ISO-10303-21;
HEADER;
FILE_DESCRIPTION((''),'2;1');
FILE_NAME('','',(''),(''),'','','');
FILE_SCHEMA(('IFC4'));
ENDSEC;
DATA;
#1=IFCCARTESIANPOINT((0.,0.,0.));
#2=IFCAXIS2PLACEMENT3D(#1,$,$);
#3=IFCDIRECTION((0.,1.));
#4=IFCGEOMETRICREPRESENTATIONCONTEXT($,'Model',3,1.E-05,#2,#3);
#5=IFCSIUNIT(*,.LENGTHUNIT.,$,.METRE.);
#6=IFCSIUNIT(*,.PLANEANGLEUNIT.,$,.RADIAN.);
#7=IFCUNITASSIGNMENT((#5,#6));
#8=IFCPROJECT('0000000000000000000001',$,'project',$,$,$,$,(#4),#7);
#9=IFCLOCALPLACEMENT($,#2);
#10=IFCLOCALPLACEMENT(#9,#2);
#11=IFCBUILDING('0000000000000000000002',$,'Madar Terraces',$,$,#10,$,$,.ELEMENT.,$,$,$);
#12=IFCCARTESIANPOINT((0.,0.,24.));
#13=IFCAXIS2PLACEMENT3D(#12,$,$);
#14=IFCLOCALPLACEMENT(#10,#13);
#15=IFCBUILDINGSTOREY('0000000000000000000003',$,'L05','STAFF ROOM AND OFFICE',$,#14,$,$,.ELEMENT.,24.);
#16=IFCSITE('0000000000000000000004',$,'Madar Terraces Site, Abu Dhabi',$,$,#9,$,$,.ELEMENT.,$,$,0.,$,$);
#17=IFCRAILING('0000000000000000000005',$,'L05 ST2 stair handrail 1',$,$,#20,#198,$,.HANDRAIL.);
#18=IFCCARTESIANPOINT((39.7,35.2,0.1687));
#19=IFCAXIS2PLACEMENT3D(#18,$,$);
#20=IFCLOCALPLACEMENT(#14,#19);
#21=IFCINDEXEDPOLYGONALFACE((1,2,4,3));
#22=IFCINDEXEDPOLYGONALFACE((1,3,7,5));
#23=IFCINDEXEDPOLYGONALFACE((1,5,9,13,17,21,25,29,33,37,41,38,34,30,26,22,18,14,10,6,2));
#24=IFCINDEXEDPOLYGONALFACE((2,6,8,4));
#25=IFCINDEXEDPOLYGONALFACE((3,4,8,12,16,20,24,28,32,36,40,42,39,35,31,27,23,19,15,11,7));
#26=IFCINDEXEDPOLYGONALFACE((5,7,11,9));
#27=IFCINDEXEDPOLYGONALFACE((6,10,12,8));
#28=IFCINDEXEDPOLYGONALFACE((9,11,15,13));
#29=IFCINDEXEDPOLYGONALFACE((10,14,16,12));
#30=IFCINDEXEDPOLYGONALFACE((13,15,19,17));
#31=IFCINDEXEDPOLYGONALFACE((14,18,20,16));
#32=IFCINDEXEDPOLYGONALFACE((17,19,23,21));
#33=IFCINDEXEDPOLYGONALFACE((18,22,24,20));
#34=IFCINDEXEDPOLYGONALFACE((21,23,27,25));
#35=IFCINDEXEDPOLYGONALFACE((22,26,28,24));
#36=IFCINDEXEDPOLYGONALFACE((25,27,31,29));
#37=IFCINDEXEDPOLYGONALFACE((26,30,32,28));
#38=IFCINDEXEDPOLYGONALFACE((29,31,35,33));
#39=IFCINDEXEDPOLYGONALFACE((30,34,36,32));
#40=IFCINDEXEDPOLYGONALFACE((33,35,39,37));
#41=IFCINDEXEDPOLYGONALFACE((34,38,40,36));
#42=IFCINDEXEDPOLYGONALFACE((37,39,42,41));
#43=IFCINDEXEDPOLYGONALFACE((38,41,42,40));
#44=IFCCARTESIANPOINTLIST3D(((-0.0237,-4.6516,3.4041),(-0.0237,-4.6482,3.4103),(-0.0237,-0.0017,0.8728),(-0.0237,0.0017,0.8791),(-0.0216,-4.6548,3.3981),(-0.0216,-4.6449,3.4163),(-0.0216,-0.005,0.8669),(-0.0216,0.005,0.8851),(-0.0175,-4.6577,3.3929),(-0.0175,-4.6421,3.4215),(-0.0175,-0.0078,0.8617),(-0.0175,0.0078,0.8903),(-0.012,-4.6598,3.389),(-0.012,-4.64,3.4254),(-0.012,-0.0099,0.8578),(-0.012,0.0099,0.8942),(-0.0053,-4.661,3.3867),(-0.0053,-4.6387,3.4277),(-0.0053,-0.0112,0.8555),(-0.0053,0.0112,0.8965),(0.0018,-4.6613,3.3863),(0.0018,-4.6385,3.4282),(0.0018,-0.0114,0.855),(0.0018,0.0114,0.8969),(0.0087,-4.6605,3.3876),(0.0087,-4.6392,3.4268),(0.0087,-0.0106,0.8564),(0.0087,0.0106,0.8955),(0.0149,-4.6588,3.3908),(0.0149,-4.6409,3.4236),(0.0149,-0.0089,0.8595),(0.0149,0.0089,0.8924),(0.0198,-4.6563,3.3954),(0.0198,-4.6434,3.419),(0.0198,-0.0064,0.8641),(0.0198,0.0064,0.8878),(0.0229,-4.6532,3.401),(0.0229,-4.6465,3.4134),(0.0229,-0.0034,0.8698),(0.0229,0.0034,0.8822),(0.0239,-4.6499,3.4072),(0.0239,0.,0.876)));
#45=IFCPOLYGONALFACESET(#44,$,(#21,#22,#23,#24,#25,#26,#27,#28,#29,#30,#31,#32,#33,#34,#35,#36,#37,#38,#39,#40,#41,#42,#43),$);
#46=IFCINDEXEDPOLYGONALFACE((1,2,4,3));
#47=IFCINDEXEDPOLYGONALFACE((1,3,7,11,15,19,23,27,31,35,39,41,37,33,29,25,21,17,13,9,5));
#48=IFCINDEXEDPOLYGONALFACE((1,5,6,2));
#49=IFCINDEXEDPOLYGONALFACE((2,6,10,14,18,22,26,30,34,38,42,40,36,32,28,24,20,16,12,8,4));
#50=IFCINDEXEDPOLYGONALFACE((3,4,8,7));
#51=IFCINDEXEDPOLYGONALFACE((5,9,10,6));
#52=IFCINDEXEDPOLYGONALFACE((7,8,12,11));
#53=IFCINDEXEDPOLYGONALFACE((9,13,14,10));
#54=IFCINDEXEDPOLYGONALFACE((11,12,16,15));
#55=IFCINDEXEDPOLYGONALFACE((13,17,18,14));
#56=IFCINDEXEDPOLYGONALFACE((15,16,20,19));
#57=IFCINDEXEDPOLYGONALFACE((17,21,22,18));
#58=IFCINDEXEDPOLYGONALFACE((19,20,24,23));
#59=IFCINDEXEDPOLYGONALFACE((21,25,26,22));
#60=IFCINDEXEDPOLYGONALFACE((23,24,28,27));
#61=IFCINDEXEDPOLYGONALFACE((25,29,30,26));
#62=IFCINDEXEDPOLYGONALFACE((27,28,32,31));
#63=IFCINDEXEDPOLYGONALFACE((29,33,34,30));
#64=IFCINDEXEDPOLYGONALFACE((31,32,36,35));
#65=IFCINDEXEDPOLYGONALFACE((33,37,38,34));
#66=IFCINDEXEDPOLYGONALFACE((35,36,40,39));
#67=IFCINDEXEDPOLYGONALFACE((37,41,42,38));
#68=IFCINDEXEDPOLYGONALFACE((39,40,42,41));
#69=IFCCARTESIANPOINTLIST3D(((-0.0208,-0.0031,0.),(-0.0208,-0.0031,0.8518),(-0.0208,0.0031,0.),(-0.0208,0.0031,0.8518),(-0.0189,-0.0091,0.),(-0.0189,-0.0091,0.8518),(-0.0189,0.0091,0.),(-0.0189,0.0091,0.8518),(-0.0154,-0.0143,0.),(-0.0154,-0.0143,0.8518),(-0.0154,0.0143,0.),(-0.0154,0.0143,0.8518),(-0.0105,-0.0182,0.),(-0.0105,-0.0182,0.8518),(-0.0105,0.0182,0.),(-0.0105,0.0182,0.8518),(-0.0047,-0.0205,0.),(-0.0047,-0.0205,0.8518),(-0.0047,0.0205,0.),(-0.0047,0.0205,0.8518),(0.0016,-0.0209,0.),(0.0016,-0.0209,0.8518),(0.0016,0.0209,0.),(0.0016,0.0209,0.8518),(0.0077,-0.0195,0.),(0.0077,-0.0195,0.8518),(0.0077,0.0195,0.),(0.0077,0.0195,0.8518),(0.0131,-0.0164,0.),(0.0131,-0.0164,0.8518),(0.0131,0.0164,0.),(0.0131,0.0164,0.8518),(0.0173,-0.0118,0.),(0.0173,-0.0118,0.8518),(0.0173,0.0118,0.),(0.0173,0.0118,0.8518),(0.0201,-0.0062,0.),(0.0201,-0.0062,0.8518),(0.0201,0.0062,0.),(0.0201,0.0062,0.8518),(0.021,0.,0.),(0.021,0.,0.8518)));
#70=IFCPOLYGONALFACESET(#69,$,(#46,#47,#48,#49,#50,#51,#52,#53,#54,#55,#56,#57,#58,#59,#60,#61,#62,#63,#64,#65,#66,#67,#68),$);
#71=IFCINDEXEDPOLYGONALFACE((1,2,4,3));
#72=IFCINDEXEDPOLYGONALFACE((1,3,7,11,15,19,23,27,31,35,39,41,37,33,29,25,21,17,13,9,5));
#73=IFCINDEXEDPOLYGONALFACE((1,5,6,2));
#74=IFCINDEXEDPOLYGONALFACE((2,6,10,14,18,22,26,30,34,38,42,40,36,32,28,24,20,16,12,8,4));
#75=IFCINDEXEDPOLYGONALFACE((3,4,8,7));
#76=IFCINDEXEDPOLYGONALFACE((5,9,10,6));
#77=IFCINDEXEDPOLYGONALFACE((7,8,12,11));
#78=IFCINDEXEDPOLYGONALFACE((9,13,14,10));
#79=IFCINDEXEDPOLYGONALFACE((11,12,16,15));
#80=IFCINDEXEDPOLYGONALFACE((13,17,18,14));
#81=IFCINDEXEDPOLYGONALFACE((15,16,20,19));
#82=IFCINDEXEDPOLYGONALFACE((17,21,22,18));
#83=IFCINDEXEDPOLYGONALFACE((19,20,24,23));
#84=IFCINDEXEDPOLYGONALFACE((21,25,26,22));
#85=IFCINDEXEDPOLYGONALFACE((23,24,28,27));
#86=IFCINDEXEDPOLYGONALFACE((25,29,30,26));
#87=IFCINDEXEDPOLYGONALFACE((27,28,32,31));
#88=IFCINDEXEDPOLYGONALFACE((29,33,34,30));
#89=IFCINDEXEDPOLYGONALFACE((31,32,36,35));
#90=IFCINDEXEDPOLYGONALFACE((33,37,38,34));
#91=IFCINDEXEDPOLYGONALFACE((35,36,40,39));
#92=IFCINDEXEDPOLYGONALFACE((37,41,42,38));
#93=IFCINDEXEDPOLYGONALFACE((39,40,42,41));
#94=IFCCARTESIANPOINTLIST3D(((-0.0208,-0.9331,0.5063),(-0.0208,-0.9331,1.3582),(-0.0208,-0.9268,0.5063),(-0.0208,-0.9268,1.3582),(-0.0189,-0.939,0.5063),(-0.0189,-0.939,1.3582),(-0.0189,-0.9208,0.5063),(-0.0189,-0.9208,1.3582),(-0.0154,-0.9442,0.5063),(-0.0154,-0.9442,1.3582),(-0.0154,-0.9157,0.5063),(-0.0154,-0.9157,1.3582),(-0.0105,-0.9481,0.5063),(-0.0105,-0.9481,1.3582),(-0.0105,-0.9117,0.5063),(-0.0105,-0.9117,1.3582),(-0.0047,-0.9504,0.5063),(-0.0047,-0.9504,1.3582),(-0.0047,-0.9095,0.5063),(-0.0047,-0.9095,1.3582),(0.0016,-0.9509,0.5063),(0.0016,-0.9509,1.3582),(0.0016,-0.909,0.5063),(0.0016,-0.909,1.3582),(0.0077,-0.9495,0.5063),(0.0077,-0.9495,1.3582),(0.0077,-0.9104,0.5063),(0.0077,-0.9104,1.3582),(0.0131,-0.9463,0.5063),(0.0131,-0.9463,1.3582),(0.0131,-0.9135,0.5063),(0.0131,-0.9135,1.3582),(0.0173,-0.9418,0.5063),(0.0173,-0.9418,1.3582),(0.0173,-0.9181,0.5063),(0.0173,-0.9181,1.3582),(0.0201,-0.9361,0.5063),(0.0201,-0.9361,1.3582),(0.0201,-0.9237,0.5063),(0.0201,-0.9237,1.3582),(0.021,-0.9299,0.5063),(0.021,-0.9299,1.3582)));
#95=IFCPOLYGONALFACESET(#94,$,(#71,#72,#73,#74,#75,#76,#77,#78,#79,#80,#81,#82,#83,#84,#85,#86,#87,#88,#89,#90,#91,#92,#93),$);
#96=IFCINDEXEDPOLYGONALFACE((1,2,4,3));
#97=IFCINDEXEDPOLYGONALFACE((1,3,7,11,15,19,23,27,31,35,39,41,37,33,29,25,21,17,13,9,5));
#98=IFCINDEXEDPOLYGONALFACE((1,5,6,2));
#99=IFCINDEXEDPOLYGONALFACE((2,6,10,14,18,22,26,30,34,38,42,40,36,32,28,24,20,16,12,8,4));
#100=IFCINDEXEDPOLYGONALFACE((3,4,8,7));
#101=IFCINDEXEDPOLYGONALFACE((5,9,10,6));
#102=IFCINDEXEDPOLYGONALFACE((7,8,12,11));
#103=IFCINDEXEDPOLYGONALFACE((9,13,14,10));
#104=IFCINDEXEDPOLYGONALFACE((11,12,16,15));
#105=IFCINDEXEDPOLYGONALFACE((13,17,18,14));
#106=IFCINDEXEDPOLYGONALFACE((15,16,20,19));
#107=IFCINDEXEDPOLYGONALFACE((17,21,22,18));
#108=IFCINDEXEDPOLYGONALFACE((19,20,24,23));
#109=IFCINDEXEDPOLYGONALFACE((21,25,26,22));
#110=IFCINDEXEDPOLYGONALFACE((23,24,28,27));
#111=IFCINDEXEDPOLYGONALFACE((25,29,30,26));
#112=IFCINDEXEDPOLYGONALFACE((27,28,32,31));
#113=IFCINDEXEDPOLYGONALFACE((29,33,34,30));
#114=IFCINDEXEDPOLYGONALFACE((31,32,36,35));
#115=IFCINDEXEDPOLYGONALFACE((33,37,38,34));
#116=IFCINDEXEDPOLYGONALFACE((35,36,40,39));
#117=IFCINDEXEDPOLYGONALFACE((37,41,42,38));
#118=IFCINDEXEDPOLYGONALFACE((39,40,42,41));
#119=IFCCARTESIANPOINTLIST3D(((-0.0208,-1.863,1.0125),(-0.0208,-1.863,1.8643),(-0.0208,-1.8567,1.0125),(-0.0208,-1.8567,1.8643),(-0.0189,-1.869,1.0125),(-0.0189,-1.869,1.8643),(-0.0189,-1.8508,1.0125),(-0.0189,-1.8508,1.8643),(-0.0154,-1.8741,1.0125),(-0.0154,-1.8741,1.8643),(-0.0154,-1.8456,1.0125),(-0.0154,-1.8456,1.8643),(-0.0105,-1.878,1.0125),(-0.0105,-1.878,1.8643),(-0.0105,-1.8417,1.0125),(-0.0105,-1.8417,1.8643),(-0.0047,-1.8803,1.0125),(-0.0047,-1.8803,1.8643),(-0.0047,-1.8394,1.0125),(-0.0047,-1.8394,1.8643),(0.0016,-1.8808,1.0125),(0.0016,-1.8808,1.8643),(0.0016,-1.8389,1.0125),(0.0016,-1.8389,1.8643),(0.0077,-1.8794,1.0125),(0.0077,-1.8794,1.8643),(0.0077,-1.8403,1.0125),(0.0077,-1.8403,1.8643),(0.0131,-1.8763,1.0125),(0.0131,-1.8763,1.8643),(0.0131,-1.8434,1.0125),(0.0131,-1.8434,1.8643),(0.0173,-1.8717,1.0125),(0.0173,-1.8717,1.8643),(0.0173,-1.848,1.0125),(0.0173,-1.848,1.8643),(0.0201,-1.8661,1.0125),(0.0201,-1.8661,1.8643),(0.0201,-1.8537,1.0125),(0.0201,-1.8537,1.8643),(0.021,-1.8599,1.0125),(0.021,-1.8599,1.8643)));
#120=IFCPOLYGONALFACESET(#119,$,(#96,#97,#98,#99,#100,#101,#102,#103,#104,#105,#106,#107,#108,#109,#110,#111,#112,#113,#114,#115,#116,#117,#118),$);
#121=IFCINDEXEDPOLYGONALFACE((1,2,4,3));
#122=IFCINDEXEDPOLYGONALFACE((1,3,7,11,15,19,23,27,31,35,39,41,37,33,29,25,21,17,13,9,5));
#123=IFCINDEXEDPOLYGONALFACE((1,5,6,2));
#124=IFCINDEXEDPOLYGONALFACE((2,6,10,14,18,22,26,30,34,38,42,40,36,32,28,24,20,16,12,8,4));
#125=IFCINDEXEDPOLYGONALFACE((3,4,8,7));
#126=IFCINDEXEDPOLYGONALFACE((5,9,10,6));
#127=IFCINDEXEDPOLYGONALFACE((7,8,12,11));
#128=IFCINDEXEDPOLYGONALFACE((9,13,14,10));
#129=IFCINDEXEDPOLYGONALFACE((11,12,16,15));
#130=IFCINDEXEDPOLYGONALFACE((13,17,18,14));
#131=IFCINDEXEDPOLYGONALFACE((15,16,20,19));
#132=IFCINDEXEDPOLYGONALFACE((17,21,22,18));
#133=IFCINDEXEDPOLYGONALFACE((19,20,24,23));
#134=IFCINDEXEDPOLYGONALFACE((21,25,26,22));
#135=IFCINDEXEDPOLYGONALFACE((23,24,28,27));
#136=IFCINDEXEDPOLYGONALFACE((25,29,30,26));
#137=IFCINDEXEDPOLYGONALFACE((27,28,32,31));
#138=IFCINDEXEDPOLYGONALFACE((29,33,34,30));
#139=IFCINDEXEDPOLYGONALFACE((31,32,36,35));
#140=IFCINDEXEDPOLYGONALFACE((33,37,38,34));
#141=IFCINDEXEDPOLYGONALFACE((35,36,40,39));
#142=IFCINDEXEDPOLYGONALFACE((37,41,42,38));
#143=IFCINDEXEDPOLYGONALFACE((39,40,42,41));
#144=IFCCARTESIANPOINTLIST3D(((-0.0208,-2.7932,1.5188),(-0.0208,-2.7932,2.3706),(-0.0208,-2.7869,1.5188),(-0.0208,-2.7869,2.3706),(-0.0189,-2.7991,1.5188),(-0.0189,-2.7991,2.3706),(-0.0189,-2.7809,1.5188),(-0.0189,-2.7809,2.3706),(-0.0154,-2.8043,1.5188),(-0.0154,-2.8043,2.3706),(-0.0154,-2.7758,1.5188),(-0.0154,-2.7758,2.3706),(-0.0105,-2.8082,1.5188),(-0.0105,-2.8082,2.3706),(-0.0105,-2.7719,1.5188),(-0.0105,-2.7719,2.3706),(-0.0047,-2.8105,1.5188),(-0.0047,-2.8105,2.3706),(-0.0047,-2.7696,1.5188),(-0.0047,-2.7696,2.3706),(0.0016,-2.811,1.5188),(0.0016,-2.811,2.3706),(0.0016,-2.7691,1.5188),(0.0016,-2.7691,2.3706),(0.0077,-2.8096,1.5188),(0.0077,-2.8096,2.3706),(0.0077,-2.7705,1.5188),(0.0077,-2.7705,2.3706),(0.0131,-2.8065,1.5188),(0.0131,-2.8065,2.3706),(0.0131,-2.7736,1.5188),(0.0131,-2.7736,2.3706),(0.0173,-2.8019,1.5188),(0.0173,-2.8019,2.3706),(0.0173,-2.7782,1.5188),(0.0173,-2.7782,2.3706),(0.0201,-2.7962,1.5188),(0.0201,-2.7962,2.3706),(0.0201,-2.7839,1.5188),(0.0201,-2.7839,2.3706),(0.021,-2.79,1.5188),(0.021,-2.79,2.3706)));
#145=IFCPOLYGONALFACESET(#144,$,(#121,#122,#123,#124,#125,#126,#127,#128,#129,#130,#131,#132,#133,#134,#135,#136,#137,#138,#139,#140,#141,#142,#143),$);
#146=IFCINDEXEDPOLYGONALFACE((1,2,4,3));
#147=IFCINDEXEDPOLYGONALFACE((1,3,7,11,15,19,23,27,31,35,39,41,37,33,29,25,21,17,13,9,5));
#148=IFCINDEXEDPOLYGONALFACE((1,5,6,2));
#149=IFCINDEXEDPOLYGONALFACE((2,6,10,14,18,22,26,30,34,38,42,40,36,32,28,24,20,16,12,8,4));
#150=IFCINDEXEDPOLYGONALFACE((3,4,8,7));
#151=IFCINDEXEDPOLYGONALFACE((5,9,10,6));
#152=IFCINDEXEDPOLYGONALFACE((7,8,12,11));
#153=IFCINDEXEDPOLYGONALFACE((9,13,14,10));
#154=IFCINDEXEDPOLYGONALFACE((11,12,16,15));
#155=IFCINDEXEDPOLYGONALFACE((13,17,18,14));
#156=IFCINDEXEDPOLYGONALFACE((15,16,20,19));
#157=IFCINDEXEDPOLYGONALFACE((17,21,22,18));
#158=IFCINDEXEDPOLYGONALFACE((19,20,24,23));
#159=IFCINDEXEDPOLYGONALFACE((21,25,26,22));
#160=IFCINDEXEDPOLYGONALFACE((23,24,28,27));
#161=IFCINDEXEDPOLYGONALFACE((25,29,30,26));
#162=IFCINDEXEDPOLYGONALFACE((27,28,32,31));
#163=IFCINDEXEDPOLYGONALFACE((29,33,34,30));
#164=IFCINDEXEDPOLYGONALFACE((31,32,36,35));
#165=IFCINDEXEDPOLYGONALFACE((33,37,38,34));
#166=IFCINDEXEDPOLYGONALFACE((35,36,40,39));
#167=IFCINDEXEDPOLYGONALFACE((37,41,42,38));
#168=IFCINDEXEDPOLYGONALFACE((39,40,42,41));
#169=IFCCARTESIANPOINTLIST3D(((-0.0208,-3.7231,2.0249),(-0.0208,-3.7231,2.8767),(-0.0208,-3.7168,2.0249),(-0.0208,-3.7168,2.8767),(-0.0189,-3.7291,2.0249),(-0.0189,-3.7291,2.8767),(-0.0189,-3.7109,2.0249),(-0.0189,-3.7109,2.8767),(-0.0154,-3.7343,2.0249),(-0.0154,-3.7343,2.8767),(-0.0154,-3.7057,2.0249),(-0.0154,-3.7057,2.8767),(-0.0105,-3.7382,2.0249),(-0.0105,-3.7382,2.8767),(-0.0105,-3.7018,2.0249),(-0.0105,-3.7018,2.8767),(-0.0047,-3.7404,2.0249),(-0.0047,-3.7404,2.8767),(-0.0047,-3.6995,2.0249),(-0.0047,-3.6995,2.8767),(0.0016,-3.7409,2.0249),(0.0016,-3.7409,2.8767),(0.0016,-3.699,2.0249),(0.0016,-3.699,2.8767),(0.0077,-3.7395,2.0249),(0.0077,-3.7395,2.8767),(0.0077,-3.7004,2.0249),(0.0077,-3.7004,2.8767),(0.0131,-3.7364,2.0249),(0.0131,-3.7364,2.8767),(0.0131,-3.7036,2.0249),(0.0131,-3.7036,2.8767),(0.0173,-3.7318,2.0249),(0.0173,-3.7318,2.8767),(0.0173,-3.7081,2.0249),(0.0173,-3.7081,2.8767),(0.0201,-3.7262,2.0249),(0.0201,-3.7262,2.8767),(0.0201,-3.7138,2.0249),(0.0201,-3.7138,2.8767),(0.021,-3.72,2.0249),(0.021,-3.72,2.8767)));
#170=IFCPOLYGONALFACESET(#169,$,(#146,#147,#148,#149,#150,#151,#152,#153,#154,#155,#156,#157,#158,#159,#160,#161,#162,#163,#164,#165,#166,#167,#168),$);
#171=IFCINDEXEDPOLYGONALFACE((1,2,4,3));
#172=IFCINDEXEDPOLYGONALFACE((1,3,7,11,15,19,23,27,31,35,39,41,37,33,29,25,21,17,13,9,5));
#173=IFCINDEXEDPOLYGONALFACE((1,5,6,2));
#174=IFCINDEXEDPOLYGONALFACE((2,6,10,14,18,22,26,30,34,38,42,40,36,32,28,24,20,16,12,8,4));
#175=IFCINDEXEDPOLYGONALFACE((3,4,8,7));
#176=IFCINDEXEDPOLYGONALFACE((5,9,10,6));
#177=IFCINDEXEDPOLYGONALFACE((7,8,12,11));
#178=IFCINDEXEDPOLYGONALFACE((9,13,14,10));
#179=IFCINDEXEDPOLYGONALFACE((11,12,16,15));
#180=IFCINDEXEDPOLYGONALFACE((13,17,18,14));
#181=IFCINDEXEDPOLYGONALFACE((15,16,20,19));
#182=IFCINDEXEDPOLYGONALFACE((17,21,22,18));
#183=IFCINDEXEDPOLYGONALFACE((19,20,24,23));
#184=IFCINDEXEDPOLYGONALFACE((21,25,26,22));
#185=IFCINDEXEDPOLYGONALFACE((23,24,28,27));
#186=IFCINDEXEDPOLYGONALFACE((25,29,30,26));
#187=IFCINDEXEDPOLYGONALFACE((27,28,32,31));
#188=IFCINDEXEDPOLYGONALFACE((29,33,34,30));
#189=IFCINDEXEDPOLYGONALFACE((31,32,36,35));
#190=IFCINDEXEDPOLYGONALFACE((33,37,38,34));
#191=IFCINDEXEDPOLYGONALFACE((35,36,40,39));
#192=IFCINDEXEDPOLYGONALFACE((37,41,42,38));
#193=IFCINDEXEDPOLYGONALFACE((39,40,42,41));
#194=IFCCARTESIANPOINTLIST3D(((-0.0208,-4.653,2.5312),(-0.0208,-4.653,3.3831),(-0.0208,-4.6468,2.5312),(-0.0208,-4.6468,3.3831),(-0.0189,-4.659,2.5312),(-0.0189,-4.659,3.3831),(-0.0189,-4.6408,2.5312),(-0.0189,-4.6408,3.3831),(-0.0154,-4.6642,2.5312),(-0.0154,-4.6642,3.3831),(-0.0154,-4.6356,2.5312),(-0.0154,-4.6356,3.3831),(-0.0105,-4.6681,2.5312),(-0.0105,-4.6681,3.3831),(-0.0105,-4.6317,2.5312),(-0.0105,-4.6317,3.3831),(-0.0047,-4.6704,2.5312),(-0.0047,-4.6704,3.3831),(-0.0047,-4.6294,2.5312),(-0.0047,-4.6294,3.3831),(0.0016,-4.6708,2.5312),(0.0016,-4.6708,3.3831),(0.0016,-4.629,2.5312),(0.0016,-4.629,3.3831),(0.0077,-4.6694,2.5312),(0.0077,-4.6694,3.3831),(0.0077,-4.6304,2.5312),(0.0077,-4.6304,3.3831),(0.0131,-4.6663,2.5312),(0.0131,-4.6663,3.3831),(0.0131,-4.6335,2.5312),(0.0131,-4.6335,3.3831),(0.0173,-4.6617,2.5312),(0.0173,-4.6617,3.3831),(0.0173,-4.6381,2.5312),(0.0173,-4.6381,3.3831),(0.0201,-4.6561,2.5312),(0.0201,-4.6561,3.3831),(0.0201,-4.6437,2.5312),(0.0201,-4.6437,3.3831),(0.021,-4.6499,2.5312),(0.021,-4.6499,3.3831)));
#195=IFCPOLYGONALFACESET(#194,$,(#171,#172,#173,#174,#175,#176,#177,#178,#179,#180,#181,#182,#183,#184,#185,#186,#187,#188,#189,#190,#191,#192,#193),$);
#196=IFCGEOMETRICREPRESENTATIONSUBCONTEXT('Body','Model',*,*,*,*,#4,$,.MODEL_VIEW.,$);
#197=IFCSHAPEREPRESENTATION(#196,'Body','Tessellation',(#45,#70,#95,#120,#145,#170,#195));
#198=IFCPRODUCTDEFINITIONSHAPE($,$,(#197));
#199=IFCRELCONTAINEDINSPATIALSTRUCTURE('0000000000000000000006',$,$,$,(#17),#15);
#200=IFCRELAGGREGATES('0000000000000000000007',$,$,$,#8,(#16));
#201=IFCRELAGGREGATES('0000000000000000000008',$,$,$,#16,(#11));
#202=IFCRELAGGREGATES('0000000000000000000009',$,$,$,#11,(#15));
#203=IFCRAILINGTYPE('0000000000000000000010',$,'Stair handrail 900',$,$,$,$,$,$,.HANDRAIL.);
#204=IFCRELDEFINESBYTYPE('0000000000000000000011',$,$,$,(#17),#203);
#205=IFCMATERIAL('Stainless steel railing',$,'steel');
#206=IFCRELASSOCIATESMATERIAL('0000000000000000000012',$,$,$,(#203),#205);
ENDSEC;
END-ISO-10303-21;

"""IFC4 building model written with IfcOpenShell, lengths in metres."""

from ifc_helpers import new_model, si_unit, direction, frame, origin, origin_2d, place, context, subcontext, project, spatial, circle, extrude, material, type_object, element, save


model = new_model("IFC4")

# Units and contexts
model_context = context("Model", 3, precision=1e-05, world=origin(), true_north=direction((0.0, 1.0)))
body_context = subcontext(model_context, "Body", "Model", "MODEL_VIEW")
ifc_project = project(units=[si_unit("LENGTHUNIT", "METRE"), si_unit("PLANEANGLEUNIT", "RADIAN")], contexts=[model_context])

# Site, building, storey
site_placement = place(None, origin())
site = spatial("IfcSite", under=ifc_project, at=site_placement, Name="Madar Terraces Site, Abu Dhabi", CompositionType="ELEMENT", RefElevation=0.0)
building_placement = place(site_placement, origin())
building = spatial("IfcBuilding", under=site, at=building_placement, Name="Madar Terraces", CompositionType="ELEMENT")
storey_placement = place(building_placement, frame((0.0, 0.0, 24.0)))
storey = spatial("IfcBuildingStorey", under=building, at=storey_placement, Name="L05", Description="STAFF ROOM AND OFFICE", CompositionType="ELEMENT", Elevation=24.0)

# Railing
ifc_material_1 = material(Name="Stainless steel railing", Category="steel")
railing_type_1 = type_object("IfcRailingType", Name="Stair handrail 900", PredefinedType="HANDRAIL", material=ifc_material_1)
railing_1_placement = place(storey_placement, frame((39.7, 35.2, 0.1687)))
element("IfcRailing", 1, at=railing_1_placement, inside=storey, type_object=railing_type_1, Name="L05 ST2 stair handrail 1", PredefinedType="HANDRAIL", context=body_context, shape_type="SweptSolid", body=[
    extrude(circle(Radius=0.0239, at=origin_2d()), frame((0.0, 0.0, 0.876), z_axis=(0.0, -0.878297, 0.478115), x_axis=(1.0, 0.0, 0.0)), (0.0, 0.0, 1.0), 5.2942),
    extrude(circle(Radius=0.021, at=origin_2d()), origin(), (0.0, 0.0, 1.0), 0.8518),
    extrude(circle(Radius=0.021, at=origin_2d()), frame((0.0, -0.9299, 0.5063)), (0.0, 0.0, 1.0), 0.8518),
    extrude(circle(Radius=0.021, at=origin_2d()), frame((0.0, -1.8599, 1.0125)), (0.0, 0.0, 1.0), 0.8518),
    extrude(circle(Radius=0.021, at=origin_2d()), frame((0.0, -2.79, 1.5188)), (0.0, 0.0, 1.0), 0.8518),
    extrude(circle(Radius=0.021, at=origin_2d()), frame((0.0, -3.72, 2.0249)), (0.0, 0.0, 1.0), 0.8518),
    extrude(circle(Radius=0.021, at=origin_2d()), frame((0.0, -4.6499, 2.5312)), (0.0, 0.0, 1.0), 0.8518),
])

save(model, "model.ifc")
